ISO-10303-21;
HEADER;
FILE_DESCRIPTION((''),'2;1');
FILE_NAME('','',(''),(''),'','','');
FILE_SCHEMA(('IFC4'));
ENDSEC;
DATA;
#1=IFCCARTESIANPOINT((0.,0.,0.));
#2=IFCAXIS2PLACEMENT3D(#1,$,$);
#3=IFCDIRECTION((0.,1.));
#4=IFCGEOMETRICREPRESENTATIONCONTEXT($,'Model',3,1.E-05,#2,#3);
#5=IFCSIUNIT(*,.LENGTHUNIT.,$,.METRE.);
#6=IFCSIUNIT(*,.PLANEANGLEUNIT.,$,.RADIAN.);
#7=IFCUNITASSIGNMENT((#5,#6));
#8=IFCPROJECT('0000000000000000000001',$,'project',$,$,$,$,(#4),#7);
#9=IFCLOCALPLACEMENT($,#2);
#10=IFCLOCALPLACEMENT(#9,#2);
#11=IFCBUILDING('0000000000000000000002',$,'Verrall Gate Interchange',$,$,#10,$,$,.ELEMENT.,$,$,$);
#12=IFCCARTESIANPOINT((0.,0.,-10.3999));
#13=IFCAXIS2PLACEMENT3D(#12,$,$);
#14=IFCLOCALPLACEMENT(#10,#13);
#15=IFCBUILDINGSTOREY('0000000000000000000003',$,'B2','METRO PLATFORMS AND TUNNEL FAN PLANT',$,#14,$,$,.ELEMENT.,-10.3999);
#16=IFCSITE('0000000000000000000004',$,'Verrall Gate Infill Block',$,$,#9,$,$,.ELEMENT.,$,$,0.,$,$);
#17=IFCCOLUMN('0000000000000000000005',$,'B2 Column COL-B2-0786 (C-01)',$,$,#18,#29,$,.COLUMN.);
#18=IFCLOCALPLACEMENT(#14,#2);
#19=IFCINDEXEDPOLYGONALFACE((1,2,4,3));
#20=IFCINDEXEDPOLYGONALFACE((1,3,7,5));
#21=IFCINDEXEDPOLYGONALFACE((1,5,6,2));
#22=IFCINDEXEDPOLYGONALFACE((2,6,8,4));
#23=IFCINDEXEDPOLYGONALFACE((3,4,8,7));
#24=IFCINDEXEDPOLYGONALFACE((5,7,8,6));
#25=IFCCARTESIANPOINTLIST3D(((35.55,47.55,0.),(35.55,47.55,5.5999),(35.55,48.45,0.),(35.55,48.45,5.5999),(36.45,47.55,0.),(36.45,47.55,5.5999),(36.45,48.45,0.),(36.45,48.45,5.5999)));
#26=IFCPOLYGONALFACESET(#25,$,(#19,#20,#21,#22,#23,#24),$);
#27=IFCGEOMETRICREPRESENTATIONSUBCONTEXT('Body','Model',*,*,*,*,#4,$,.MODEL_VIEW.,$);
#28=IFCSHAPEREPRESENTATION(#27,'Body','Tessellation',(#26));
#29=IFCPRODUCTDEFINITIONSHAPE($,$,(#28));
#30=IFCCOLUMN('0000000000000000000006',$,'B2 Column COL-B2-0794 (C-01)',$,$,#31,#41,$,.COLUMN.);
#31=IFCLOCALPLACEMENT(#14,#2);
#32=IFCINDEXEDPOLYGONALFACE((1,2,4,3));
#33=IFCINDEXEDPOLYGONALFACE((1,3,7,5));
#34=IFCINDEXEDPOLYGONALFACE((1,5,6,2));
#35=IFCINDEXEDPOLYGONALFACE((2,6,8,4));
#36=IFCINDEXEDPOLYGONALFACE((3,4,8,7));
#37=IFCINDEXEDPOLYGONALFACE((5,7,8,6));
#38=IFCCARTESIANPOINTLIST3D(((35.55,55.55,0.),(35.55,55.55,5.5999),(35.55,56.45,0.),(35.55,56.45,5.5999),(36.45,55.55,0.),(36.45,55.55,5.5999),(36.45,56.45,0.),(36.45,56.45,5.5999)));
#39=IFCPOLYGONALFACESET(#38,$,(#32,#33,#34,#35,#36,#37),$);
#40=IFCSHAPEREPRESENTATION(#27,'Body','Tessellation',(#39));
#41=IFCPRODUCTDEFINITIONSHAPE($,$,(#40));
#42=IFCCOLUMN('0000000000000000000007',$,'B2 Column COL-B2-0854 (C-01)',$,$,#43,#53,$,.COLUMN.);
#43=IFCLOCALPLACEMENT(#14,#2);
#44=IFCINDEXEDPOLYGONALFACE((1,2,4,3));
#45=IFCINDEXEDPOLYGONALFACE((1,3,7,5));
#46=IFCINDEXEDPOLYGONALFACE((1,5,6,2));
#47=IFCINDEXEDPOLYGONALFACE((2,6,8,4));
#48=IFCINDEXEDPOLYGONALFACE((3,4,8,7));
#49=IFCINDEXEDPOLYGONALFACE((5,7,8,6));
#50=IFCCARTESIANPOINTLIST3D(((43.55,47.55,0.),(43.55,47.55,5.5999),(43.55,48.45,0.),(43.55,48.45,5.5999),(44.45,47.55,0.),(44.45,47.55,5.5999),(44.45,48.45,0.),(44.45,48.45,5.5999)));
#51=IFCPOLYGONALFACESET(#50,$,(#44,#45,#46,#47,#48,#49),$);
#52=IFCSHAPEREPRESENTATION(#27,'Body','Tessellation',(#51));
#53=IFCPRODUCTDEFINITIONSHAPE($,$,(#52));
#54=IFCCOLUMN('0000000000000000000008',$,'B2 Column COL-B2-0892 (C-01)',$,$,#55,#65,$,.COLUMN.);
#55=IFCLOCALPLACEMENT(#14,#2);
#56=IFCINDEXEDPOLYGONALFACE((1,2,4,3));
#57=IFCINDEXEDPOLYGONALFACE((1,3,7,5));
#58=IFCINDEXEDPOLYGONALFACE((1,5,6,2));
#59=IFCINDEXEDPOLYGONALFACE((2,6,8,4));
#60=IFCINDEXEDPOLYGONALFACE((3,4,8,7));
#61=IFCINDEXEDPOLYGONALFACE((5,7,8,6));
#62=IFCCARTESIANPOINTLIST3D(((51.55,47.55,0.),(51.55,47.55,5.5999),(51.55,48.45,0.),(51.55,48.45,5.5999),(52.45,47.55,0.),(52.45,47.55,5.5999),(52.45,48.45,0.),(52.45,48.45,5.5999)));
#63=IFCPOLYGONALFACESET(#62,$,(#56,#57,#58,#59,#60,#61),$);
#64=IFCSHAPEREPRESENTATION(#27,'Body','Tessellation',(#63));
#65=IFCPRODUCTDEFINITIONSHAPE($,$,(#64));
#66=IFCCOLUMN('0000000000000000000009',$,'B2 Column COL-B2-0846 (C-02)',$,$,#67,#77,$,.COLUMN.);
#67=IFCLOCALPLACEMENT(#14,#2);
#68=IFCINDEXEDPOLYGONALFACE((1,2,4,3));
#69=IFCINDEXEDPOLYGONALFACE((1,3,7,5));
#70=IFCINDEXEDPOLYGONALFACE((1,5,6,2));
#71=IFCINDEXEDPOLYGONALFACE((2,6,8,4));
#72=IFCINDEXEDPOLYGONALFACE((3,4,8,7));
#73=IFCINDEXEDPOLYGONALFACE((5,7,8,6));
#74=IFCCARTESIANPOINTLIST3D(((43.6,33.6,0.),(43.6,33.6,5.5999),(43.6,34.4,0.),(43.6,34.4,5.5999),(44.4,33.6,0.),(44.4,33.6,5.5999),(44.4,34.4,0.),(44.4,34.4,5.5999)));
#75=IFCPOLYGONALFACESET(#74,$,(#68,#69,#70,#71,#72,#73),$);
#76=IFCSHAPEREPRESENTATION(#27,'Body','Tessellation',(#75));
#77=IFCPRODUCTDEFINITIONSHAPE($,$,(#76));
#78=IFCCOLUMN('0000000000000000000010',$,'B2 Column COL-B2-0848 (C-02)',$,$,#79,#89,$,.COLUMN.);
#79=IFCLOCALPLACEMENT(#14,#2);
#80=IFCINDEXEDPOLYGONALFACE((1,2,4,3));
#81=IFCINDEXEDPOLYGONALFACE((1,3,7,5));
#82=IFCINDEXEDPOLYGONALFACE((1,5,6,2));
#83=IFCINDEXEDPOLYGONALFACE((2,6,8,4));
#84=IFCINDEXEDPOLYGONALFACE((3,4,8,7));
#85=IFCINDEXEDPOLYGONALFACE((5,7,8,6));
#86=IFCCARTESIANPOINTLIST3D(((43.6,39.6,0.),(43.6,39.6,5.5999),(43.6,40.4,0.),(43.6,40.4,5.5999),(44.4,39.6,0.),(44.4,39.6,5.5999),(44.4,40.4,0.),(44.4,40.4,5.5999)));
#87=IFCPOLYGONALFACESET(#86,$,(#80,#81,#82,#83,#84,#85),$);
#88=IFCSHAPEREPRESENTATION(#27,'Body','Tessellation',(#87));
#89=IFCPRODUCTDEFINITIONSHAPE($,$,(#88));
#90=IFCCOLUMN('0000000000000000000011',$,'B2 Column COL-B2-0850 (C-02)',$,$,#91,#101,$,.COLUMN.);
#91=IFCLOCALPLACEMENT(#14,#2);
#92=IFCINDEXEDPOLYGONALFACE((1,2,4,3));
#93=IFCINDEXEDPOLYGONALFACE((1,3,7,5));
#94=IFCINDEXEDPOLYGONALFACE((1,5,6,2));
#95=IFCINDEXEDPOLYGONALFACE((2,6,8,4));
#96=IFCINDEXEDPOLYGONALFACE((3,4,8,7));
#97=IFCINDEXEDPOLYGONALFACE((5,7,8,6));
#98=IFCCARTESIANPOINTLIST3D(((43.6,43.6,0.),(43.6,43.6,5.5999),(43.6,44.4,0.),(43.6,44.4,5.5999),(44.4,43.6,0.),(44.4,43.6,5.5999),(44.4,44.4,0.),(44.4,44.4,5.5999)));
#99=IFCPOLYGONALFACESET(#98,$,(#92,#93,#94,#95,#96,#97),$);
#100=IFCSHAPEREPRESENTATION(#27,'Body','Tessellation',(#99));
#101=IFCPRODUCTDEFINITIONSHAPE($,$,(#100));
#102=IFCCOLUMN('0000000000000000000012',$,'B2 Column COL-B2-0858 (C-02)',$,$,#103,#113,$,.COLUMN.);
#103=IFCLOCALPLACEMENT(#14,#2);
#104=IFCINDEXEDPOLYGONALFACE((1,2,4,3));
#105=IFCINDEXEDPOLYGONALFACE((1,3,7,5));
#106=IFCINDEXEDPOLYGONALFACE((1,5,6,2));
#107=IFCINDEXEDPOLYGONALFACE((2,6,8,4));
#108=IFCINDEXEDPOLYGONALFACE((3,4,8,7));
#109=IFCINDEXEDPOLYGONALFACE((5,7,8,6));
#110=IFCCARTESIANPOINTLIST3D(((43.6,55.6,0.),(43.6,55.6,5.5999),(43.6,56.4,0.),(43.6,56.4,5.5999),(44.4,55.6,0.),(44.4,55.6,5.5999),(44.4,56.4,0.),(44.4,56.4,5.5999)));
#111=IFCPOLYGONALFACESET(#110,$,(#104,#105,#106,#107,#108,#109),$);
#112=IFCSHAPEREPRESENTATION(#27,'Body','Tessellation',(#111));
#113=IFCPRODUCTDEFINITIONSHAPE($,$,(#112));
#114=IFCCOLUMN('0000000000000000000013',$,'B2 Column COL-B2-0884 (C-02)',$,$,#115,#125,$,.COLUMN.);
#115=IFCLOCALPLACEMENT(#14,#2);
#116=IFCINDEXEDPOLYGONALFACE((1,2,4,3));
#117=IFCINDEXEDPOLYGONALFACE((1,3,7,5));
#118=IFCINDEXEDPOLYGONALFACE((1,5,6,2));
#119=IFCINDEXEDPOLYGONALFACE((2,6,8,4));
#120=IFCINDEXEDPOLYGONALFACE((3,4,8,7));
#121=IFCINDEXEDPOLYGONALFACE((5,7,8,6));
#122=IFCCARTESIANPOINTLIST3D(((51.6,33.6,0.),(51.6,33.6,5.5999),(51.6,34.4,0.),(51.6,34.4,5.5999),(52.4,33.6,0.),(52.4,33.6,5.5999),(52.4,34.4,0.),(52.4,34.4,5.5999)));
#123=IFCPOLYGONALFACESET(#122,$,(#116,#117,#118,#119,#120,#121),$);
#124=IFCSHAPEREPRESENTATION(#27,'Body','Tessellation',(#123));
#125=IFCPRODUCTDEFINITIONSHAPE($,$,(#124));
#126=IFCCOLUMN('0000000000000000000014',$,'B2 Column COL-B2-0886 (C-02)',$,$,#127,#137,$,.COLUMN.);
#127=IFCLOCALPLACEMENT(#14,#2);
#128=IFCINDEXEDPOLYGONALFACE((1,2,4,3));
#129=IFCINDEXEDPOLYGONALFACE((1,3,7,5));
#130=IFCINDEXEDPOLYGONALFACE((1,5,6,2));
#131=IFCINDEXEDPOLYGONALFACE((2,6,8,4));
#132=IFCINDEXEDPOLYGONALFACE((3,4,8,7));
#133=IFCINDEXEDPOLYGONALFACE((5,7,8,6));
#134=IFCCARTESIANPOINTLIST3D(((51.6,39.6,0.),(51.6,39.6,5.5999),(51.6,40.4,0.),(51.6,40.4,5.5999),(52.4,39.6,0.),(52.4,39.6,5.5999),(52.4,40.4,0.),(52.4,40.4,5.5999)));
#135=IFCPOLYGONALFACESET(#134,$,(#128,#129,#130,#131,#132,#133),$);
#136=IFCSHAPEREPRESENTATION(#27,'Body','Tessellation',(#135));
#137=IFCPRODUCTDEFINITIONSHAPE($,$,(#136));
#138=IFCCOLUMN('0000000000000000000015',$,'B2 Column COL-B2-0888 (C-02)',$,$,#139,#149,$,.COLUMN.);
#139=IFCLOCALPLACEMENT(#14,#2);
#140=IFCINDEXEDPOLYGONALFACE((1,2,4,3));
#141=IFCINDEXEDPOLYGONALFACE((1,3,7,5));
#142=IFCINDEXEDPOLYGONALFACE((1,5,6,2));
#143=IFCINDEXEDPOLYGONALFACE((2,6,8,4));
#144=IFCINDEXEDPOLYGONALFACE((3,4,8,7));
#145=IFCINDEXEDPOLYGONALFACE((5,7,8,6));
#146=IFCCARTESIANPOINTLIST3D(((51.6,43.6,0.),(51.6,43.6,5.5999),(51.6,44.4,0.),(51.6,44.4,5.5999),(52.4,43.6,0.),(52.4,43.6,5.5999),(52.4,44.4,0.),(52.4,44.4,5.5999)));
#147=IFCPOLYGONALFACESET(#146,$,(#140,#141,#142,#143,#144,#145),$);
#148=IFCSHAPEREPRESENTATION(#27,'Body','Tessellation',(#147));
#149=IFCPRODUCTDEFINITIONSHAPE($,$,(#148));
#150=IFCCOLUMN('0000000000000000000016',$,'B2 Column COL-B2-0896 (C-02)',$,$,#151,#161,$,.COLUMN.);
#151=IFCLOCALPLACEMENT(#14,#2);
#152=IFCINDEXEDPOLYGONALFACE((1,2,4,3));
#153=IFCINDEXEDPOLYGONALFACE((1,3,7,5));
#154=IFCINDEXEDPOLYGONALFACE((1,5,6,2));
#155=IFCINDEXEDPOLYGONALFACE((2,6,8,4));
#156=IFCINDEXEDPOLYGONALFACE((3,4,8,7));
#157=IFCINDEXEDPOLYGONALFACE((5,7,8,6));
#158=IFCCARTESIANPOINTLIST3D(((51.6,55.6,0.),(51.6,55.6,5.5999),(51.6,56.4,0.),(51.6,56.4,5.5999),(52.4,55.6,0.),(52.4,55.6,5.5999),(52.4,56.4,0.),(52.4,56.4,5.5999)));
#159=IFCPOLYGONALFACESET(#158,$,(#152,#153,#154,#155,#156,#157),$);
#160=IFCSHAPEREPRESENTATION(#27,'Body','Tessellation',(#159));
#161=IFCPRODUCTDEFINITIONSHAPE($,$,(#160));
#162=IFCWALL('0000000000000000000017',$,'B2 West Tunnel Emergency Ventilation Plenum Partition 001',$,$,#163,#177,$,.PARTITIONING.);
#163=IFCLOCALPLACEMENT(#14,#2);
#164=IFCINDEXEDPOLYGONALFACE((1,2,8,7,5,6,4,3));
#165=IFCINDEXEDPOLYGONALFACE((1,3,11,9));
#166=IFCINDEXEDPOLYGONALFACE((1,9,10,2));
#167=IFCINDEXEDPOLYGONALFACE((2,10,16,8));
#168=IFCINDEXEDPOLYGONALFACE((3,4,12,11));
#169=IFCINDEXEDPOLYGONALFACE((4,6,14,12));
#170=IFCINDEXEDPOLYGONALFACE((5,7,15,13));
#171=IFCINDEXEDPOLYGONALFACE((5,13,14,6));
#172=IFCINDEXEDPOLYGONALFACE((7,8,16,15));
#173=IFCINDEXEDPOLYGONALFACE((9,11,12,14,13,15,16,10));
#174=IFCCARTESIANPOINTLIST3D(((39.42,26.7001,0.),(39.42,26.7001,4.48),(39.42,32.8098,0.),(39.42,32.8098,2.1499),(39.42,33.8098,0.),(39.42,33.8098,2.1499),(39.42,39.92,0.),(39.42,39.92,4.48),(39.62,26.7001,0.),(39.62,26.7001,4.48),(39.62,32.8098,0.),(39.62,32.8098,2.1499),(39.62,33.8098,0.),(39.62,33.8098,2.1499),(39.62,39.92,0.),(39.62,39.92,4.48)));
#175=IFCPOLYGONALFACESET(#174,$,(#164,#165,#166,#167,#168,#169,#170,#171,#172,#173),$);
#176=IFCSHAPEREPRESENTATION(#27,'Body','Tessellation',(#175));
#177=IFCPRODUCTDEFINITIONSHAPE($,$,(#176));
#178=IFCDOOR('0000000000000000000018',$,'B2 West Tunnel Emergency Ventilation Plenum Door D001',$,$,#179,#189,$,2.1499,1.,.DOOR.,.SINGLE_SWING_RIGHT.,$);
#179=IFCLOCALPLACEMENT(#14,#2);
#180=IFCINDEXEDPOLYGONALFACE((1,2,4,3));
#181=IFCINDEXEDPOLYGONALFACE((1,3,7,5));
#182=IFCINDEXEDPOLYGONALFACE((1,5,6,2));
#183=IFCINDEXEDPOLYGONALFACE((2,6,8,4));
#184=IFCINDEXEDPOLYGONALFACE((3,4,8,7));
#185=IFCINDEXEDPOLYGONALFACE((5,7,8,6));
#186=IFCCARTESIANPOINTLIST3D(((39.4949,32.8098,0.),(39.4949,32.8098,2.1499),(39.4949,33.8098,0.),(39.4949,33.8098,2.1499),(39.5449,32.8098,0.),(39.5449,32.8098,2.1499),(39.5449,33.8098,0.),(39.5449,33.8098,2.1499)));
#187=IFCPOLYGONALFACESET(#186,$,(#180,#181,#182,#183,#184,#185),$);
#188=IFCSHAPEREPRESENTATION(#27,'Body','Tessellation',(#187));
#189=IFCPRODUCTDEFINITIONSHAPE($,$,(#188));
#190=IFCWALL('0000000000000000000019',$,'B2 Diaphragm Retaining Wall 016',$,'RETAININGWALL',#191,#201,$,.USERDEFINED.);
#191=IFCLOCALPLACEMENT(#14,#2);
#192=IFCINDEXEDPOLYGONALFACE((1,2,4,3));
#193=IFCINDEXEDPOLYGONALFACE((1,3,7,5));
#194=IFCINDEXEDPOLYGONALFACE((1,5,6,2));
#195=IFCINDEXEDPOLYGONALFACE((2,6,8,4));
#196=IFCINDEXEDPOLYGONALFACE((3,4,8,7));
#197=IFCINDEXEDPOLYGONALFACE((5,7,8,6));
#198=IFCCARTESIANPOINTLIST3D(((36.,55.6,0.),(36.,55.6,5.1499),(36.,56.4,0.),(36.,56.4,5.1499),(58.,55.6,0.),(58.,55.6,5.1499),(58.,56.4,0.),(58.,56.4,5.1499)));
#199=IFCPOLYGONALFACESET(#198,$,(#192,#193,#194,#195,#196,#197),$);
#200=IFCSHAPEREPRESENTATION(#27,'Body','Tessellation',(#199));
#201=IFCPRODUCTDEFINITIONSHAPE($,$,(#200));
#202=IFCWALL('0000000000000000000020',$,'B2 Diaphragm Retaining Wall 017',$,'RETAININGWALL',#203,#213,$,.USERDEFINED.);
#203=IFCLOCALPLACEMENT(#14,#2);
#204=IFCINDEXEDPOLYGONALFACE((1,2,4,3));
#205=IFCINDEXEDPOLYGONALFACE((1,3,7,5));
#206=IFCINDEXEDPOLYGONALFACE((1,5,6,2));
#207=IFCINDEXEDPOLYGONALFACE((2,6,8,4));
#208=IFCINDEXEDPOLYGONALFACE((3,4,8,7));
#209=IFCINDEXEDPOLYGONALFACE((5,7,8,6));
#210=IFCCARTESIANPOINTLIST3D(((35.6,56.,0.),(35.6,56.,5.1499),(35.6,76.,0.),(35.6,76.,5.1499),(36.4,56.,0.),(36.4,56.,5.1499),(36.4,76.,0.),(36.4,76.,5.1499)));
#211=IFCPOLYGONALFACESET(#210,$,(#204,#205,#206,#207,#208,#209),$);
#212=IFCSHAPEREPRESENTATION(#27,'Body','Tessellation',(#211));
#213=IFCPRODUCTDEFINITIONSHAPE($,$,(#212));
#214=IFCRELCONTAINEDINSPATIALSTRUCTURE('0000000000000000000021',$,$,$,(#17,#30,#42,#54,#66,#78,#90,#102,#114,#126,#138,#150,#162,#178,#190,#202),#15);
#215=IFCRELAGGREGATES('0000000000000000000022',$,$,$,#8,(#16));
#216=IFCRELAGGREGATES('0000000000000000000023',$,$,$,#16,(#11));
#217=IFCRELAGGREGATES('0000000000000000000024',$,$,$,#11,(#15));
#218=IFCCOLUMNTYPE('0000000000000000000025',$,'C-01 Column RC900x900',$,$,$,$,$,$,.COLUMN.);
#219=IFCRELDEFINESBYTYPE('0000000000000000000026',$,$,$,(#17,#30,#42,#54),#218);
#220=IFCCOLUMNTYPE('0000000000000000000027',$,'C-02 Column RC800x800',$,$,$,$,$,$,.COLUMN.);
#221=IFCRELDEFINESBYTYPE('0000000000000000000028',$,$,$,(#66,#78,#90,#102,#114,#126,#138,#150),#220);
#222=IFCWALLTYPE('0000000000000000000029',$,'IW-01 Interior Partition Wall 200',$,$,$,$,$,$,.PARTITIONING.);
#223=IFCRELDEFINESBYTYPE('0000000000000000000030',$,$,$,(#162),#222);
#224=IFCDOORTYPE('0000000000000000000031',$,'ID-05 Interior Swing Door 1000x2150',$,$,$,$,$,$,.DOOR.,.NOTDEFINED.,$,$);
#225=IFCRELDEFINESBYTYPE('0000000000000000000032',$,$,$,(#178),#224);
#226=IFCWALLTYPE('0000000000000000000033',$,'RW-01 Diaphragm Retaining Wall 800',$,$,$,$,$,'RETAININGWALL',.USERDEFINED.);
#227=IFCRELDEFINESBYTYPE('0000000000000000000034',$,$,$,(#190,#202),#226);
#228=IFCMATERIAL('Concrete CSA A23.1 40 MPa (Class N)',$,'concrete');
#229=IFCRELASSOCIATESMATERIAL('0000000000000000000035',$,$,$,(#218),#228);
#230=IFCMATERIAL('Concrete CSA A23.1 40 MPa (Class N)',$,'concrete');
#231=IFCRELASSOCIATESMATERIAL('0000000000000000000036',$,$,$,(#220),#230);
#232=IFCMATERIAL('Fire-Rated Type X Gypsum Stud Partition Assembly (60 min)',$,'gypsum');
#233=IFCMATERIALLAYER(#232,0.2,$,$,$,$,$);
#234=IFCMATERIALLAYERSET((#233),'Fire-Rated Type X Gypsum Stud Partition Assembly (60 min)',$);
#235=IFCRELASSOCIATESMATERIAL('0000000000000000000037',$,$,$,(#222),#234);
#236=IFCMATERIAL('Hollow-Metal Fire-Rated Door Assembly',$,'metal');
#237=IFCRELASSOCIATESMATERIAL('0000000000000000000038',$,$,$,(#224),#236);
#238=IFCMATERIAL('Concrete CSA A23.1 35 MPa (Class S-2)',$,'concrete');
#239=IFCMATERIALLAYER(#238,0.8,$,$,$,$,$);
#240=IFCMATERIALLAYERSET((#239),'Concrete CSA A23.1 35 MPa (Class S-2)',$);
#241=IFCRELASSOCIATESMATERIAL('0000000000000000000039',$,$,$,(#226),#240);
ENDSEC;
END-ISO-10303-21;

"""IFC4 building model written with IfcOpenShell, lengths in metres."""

from ifc_helpers import new_model, si_unit, direction, frame, frame_2d, origin, origin_2d, place, context, subcontext, project, spatial, rectangle, extrude, material, layer, layer_set, material_profile, profile_set, type_object, element, fill, save


model = new_model("IFC4")

# Units and contexts
model_context = context("Model", 3, precision=1e-05, world=origin(), true_north=direction((0.0, 1.0)))
body_context = subcontext(model_context, "Body", "Model", "MODEL_VIEW")
ifc_project = project(units=[si_unit("LENGTHUNIT", "METRE"), si_unit("PLANEANGLEUNIT", "RADIAN")], contexts=[model_context])

# Site, building, storey
site_placement = place(None, origin())
site = spatial("IfcSite", under=ifc_project, at=site_placement, Name="Verrall Gate Infill Block", CompositionType="ELEMENT", RefElevation=0.0)
building_placement = place(site_placement, origin())
building = spatial("IfcBuilding", under=site, at=building_placement, Name="Verrall Gate Interchange", CompositionType="ELEMENT")
storey_placement = place(building_placement, frame((0.0, 0.0, -10.3999)))
storey = spatial("IfcBuildingStorey", under=building, at=storey_placement, Name="B2", Description="METRO PLATFORMS AND TUNNEL FAN PLANT", CompositionType="ELEMENT", Elevation=-10.3999)

# Columns
ifc_material_1 = material(Name="Concrete CSA A23.1 40 MPa (Class N)", Category="concrete")
ifc_material_profile_1 = material_profile(ifc_material_1, rectangle(XDim=0.8999, YDim=0.8999, at=origin_2d()), Name="RC900x900")
ifc_profile_set_1 = profile_set([ifc_material_profile_1], Name="Concrete CSA A23.1 40 MPa (Class N)")
column_type_1 = type_object("IfcColumnType", Name="C-01 Column RC900x900", PredefinedType="COLUMN", material=ifc_profile_set_1)
for number, where, z_axis, x_axis, name in (
    (1, (36.0, 48.0, 0.0), (0.0, 0.0, 1.0), (1.0, 0.0, 0.0), "B2 Column COL-B2-0786 (C-01)"),
    (2, (36.0, 56.0, 0.0), (0.0, 0.0, 1.0), (1.0, 0.0, 0.0), "B2 Column COL-B2-0794 (C-01)"),
    (3, (44.0, 48.0, 0.0), (0.0, 0.0, 1.0), (1.0, 0.0, 0.0), "B2 Column COL-B2-0854 (C-01)"),
    (4, (52.0, 48.0, 0.0), (0.0, 0.0, 1.0), (1.0, 0.0, 0.0), "B2 Column COL-B2-0892 (C-01)"),
):
    element("IfcColumn", number, at=place(storey_placement, frame(where, z_axis=z_axis, x_axis=x_axis)), inside=storey, type_object=column_type_1, Name=name, PredefinedType="COLUMN", context=body_context, shape_type="SweptSolid", body=[
        extrude(rectangle(XDim=0.8999, YDim=0.8999, at=origin_2d()), origin(), (0.0, 0.0, 1.0), 5.5999),
    ])
ifc_material_2 = material(Name="Concrete CSA A23.1 40 MPa (Class N)", Category="concrete")
ifc_material_profile_2 = material_profile(ifc_material_2, rectangle(XDim=0.8, YDim=0.8, at=origin_2d()), Name="RC800x800")
ifc_profile_set_2 = profile_set([ifc_material_profile_2], Name="Concrete CSA A23.1 40 MPa (Class N)")
column_type_2 = type_object("IfcColumnType", Name="C-02 Column RC800x800", PredefinedType="COLUMN", material=ifc_profile_set_2)
for number, where, z_axis, x_axis, name in (
    (5, (44.0, 34.0, 0.0), (0.0, 0.0, 1.0), (1.0, 0.0, 0.0), "B2 Column COL-B2-0846 (C-02)"),
    (6, (44.0, 40.0, 0.0), (0.0, 0.0, 1.0), (1.0, 0.0, 0.0), "B2 Column COL-B2-0848 (C-02)"),
    (7, (44.0, 44.0, 0.0), (0.0, 0.0, 1.0), (1.0, 0.0, 0.0), "B2 Column COL-B2-0850 (C-02)"),
    (8, (44.0, 56.0, 0.0), (0.0, 0.0, 1.0), (1.0, 0.0, 0.0), "B2 Column COL-B2-0858 (C-02)"),
    (9, (52.0, 34.0, 0.0), (0.0, 0.0, 1.0), (1.0, 0.0, 0.0), "B2 Column COL-B2-0884 (C-02)"),
    (10, (52.0, 40.0, 0.0), (0.0, 0.0, 1.0), (1.0, 0.0, 0.0), "B2 Column COL-B2-0886 (C-02)"),
    (11, (52.0, 44.0, 0.0), (0.0, 0.0, 1.0), (1.0, 0.0, 0.0), "B2 Column COL-B2-0888 (C-02)"),
    (12, (52.0, 56.0, 0.0), (0.0, 0.0, 1.0), (1.0, 0.0, 0.0), "B2 Column COL-B2-0896 (C-02)"),
):
    element("IfcColumn", number, at=place(storey_placement, frame(where, z_axis=z_axis, x_axis=x_axis)), inside=storey, type_object=column_type_2, Name=name, PredefinedType="COLUMN", context=body_context, shape_type="SweptSolid", body=[
        extrude(rectangle(XDim=0.8, YDim=0.8, at=origin_2d()), origin(), (0.0, 0.0, 1.0), 5.5999),
    ])

# Wall, opening, door
ifc_material_3 = material(Name="Fire-Rated Type X Gypsum Stud Partition Assembly (60 min)", Category="gypsum")
ifc_layer_1 = layer(ifc_material_3, 0.2)
ifc_layer_set_1 = layer_set([ifc_layer_1], Name="Fire-Rated Type X Gypsum Stud Partition Assembly (60 min)")
wall_type_1 = type_object("IfcWallType", Name="IW-01 Interior Partition Wall 200", PredefinedType="PARTITIONING", material=ifc_layer_set_1)
wall_1_placement = place(storey_placement, frame((39.52, 39.9199, 0.0), z_axis=(0.0, 0.0, 1.0), x_axis=(0.0, -1.0, 0.0)))
wall_1 = element("IfcWall", 13, at=wall_1_placement, inside=storey, type_object=wall_type_1, Name="B2 West Tunnel Emergency Ventilation Plenum Partition 001", PredefinedType="PARTITIONING", context=body_context, shape_type="SweptSolid", body=[
    extrude(rectangle(XDim=13.22, YDim=0.2, at=frame_2d((6.6099, 0.0))), origin(), (0.0, 0.0, 1.0), 4.48),
])
opening_placement = place(wall_1_placement, frame((6.1101, 0.0, 0.0)))
opening = element("IfcOpeningElement", 14, at=opening_placement, cuts=wall_1, PredefinedType="OPENING", context=body_context, shape_type="SweptSolid", body=[
    extrude(rectangle(XDim=1.0, YDim=2.1499, at=frame_2d((0.5, 1.075))), frame((0.0, 0.1147, 0.0), z_axis=(0.0, -1.0, 0.0), x_axis=(1.0, 0.0, 0.0)), (0.0, 0.0, 1.0), 0.2297),
])
ifc_material_4 = material(Name="Hollow-Metal Fire-Rated Door Assembly", Category="metal")
door_type = type_object("IfcDoorType", Name="ID-05 Interior Swing Door 1000x2150", OperationType="NOTDEFINED", PredefinedType="DOOR", material=ifc_material_4)
door_placement = place(opening_placement, origin())
door = element("IfcDoor", 15, at=door_placement, inside=storey, type_object=door_type, Name="B2 West Tunnel Emergency Ventilation Plenum Door D001", OperationType="SINGLE_SWING_RIGHT", OverallHeight=2.1499, OverallWidth=1.0, PredefinedType="DOOR", context=body_context, shape_type="SweptSolid", body=[
    extrude(rectangle(XDim=1.0, YDim=2.1499, at=frame_2d((0.5, 1.075))), frame((0.0, 0.0249, 0.0), z_axis=(0.0, -1.0, 0.0), x_axis=(1.0, 0.0, 0.0)), (0.0, 0.0, 1.0), 0.05),
])
fill(opening, door)

# Walls
ifc_material_5 = material(Name="Concrete CSA A23.1 35 MPa (Class S-2)", Category="concrete")
ifc_layer_2 = layer(ifc_material_5, 0.8)
ifc_layer_set_2 = layer_set([ifc_layer_2], Name="Concrete CSA A23.1 35 MPa (Class S-2)")
wall_type_2 = type_object("IfcWallType", Name="RW-01 Diaphragm Retaining Wall 800", ElementType="RETAININGWALL", PredefinedType="USERDEFINED", material=ifc_layer_set_2)
wall_2_placement = place(storey_placement, frame((58.0, 56.0, 0.0), z_axis=(0.0, 0.0, 1.0), x_axis=(-1.0, 0.0, 0.0)))
element("IfcWall", 16, at=wall_2_placement, inside=storey, type_object=wall_type_2, Name="B2 Diaphragm Retaining Wall 016", ObjectType="RETAININGWALL", PredefinedType="USERDEFINED", context=body_context, shape_type="SweptSolid", body=[
    extrude(rectangle(XDim=22.0, YDim=0.8, at=frame_2d((11.0, 0.0))), origin(), (0.0, 0.0, 1.0), 5.1499),
])
wall_3_placement = place(storey_placement, frame((36.0, 56.0, 0.0), z_axis=(0.0, 0.0, 1.0), x_axis=(0.0, 1.0, 0.0)))
element("IfcWall", 17, at=wall_3_placement, inside=storey, type_object=wall_type_2, Name="B2 Diaphragm Retaining Wall 017", ObjectType="RETAININGWALL", PredefinedType="USERDEFINED", context=body_context, shape_type="SweptSolid", body=[
    extrude(rectangle(XDim=20.0, YDim=0.8, at=frame_2d((10.0, 0.0))), origin(), (0.0, 0.0, 1.0), 5.1499),
])

save(model, "model.ifc")
